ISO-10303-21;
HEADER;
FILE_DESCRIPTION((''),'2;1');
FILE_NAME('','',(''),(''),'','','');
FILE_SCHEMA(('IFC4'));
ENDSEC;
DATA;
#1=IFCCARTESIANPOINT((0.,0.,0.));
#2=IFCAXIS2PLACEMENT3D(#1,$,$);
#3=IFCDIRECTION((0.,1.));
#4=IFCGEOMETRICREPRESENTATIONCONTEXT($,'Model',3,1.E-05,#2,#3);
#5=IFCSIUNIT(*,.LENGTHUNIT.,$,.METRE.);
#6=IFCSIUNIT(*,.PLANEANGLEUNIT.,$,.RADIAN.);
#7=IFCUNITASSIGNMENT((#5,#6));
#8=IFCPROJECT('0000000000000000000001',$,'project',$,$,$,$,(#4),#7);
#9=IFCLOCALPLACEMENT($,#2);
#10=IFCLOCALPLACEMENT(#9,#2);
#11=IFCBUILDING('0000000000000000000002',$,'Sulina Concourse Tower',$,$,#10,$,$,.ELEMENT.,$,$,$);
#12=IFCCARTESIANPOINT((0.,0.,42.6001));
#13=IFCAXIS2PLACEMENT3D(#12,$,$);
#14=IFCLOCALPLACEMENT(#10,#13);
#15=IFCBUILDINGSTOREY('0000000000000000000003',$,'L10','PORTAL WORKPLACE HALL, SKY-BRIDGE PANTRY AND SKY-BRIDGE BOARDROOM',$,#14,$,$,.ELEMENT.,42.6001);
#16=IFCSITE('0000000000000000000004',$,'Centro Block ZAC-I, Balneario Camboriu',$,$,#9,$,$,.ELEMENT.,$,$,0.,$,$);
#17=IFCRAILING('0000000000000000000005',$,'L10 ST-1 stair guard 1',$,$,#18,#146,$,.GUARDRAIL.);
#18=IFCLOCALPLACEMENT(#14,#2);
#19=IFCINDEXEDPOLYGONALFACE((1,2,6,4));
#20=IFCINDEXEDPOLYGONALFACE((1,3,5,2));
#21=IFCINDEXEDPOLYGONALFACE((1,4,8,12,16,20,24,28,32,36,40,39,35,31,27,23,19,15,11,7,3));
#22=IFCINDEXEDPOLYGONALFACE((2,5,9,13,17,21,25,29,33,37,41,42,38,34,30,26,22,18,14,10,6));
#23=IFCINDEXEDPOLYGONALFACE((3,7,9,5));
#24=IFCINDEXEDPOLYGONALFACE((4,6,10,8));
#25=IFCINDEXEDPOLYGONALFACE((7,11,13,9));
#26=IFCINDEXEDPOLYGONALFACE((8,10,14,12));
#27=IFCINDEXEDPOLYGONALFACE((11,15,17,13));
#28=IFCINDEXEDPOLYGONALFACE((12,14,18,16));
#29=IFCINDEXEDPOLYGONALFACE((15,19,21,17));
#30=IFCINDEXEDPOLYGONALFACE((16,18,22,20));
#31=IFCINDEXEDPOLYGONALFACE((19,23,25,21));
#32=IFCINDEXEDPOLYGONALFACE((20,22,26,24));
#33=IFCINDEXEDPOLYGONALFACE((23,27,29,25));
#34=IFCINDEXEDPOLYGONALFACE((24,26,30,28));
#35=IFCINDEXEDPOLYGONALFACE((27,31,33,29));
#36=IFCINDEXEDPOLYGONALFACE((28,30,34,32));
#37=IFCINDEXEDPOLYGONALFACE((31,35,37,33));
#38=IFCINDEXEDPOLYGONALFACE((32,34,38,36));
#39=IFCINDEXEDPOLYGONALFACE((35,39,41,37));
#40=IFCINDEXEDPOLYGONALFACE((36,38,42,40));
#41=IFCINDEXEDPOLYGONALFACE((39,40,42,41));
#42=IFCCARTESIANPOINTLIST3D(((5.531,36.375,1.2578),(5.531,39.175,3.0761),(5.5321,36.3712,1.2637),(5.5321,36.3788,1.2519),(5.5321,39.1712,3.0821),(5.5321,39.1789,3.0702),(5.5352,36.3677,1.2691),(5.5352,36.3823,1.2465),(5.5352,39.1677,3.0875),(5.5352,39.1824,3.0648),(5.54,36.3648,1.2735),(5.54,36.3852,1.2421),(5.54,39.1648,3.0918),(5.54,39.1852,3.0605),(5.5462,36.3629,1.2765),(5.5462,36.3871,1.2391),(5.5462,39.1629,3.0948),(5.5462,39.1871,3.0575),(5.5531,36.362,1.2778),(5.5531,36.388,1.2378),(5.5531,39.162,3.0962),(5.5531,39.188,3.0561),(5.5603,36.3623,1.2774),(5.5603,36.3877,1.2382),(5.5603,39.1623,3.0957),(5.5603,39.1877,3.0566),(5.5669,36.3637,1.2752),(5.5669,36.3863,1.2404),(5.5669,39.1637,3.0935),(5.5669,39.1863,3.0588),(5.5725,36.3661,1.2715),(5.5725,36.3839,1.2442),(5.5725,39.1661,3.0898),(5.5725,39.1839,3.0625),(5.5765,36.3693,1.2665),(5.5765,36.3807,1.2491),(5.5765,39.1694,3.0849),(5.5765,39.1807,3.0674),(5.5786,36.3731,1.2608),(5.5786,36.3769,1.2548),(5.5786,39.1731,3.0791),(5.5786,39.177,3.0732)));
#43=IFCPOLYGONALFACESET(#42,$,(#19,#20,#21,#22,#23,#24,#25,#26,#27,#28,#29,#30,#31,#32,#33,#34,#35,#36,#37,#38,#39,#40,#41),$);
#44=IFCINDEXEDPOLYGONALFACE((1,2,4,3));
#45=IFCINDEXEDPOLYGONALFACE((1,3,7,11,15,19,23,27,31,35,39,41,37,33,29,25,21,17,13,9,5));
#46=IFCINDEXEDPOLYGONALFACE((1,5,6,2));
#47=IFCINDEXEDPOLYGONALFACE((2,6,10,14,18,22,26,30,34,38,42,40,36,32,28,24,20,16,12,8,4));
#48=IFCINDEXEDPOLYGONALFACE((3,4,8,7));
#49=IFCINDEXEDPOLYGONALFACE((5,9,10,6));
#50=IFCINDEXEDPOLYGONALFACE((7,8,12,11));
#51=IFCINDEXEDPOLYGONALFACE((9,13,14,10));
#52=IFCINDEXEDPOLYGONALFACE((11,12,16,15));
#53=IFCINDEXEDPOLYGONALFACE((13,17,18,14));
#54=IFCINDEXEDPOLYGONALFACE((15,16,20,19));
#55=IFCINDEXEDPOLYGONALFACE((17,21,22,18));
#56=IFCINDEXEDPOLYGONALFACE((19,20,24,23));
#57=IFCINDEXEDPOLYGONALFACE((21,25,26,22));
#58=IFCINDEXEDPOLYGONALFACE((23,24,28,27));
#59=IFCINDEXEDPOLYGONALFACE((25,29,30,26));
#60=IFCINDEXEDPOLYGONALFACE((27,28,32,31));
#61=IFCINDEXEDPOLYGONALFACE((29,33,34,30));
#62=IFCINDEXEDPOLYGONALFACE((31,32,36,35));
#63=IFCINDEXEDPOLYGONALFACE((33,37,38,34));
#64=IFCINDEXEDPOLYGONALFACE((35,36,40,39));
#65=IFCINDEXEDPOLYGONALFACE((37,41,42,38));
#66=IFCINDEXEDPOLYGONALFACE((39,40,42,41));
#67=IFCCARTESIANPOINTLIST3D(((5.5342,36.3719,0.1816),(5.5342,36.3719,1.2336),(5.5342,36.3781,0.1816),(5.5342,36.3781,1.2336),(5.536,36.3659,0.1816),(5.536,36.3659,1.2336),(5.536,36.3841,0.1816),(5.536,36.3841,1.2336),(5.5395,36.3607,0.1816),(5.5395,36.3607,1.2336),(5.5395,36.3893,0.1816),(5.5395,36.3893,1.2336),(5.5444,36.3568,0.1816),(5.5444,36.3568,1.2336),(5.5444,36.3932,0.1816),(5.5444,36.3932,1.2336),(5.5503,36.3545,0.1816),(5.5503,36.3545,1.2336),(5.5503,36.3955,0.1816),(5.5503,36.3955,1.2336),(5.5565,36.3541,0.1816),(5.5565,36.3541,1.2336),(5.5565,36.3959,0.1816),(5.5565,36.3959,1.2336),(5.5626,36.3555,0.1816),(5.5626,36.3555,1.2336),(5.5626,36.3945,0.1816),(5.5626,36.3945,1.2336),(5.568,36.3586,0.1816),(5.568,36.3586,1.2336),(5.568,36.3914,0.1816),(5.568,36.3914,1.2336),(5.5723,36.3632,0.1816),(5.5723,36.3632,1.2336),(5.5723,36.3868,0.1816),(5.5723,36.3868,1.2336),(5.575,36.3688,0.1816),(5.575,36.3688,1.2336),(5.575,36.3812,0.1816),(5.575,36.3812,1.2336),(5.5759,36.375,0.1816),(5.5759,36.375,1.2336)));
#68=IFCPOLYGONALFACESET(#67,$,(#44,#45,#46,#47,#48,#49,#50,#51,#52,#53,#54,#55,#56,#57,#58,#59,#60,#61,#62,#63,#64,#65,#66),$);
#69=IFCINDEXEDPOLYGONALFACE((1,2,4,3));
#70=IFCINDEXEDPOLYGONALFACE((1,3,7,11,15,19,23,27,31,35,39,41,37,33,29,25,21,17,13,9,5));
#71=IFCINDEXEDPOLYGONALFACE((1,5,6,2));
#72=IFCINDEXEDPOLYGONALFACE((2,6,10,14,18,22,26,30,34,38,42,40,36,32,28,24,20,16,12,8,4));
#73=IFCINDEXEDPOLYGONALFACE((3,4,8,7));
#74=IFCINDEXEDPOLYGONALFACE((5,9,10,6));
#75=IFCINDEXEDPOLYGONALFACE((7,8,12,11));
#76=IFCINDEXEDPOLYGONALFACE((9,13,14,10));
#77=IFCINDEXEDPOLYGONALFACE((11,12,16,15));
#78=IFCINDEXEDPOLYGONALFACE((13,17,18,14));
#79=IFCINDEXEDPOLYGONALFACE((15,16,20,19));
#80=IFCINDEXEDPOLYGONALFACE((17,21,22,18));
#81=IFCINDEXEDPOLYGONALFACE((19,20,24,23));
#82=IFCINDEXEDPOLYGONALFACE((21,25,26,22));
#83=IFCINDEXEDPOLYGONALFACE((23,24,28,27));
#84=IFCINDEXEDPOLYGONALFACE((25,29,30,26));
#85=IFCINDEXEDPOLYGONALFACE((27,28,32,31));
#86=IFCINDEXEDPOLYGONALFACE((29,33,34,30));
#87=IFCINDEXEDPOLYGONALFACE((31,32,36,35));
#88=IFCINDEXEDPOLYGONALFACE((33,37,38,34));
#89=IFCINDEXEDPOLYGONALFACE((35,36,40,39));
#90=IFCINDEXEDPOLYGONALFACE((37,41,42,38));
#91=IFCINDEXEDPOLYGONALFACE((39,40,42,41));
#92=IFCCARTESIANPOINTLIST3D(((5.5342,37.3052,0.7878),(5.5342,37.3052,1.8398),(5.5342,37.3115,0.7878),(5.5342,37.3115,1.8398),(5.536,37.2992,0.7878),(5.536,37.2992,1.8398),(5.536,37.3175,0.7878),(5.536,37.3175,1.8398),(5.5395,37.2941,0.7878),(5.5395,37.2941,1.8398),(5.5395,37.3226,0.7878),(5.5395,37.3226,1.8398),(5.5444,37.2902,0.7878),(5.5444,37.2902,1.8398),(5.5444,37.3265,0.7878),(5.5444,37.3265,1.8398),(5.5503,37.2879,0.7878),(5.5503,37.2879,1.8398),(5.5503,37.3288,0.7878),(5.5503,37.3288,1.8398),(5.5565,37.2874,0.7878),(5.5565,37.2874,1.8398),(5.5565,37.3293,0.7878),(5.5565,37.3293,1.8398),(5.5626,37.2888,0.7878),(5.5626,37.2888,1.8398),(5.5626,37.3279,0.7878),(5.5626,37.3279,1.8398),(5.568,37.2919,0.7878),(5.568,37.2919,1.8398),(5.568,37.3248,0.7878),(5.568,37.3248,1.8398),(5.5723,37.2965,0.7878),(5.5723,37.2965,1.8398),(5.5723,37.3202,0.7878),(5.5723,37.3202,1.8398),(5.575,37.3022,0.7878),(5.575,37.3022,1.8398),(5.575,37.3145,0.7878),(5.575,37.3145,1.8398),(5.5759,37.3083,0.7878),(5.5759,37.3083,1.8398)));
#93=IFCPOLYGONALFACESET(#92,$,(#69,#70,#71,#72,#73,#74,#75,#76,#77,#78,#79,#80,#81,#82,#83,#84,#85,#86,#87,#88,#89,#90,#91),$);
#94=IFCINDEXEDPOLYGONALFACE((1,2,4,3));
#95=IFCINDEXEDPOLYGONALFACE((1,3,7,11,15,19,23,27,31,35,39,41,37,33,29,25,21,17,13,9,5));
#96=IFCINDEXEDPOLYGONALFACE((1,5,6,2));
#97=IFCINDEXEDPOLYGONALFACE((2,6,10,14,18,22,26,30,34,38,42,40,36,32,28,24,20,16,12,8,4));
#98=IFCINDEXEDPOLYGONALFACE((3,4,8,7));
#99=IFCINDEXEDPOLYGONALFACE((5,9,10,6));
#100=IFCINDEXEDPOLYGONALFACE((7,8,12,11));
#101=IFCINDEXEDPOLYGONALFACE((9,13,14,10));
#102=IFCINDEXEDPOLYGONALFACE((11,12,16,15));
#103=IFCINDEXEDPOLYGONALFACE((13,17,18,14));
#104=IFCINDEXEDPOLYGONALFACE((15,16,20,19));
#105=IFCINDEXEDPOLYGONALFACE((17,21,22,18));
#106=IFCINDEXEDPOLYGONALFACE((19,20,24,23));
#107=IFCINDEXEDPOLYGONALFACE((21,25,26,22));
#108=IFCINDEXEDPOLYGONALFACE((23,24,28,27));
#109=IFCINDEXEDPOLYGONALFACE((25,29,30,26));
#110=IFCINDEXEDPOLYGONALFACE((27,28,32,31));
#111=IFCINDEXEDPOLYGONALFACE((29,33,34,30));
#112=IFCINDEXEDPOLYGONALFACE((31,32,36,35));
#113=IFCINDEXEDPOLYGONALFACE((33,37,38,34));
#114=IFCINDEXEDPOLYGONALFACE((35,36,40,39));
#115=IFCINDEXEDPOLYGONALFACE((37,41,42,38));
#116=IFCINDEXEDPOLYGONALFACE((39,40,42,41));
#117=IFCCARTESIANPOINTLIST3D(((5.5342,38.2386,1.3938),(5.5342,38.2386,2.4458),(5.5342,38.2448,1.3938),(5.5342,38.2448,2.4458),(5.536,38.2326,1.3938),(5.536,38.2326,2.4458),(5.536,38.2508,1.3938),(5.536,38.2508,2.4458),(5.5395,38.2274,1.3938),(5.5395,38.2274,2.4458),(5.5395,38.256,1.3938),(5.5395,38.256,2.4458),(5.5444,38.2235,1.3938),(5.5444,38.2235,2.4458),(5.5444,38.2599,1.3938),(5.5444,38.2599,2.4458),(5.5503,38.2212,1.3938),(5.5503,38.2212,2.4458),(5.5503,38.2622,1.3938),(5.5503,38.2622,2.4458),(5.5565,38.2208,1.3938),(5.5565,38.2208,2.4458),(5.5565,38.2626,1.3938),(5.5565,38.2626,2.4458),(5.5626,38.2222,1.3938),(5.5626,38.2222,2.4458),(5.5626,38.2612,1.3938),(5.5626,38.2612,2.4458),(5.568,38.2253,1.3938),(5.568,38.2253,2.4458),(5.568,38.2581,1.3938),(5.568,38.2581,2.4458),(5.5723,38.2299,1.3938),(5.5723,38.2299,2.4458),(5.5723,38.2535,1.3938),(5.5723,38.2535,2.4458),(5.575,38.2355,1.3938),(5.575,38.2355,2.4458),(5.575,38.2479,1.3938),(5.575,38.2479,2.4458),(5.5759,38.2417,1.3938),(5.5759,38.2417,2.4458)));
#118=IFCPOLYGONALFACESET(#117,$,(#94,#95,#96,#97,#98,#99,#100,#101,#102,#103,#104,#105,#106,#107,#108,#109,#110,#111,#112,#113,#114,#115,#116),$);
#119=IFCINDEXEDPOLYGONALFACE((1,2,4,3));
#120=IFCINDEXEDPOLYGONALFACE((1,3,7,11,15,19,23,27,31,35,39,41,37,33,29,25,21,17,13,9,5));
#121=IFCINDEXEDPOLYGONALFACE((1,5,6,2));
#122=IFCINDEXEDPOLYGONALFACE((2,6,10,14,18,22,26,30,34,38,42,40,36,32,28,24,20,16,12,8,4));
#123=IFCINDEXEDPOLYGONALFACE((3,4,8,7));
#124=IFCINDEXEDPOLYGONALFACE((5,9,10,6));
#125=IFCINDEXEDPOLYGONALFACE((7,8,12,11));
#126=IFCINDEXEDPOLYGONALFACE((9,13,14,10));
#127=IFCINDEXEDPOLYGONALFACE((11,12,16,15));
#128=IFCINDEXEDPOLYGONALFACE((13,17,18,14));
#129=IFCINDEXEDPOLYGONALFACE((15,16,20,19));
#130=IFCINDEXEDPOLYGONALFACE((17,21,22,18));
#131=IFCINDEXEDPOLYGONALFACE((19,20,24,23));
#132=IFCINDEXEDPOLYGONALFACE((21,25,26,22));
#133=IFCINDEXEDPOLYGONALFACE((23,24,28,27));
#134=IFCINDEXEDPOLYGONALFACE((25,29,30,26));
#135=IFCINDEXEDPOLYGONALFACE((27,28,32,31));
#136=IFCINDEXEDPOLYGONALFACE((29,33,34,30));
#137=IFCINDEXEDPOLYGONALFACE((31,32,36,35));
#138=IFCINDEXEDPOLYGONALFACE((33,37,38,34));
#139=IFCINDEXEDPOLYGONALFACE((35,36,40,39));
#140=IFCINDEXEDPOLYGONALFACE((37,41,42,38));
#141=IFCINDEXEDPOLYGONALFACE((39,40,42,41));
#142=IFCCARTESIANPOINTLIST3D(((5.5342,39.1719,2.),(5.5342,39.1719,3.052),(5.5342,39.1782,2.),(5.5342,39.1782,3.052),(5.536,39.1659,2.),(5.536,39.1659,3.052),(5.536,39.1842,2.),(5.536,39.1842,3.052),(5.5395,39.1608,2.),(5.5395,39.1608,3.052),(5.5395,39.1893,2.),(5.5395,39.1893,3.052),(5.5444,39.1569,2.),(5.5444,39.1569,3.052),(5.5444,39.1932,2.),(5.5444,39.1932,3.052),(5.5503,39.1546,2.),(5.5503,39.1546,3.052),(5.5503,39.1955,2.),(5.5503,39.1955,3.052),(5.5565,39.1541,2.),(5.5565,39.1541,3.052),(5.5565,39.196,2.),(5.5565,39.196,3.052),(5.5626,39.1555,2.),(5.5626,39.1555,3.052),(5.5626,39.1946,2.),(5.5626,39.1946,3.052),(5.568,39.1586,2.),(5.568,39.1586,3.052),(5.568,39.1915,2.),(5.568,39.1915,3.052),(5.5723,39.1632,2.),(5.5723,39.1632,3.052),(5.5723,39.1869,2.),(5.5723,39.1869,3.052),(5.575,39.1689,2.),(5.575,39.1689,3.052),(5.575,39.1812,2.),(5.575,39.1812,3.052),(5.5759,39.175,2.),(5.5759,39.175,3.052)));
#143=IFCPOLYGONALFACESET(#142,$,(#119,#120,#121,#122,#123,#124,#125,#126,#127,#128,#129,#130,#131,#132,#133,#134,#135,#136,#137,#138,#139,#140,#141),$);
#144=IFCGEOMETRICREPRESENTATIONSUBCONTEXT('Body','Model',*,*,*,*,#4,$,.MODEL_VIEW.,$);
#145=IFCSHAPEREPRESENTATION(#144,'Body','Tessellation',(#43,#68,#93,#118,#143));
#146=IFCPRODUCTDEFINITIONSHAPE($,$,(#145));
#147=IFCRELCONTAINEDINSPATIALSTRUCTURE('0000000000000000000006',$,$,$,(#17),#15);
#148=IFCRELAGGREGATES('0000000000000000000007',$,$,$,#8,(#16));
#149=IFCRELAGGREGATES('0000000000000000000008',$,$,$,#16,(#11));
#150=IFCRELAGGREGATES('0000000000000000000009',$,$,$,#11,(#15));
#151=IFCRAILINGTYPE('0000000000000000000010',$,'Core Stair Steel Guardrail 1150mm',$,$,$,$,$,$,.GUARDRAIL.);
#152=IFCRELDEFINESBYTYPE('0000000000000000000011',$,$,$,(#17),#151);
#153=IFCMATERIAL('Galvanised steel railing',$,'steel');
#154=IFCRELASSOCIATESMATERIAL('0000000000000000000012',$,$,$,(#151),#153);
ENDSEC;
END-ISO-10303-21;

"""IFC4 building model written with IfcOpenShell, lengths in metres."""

from ifc_helpers import new_model, si_unit, direction, frame, origin, origin_2d, place, context, subcontext, project, spatial, circle, extrude, material, type_object, element, save


model = new_model("IFC4")

# Units and contexts
model_context = context("Model", 3, precision=1e-05, world=origin(), true_north=direction((0.0, 1.0)))
body_context = subcontext(model_context, "Body", "Model", "MODEL_VIEW")
ifc_project = project(units=[si_unit("LENGTHUNIT", "METRE"), si_unit("PLANEANGLEUNIT", "RADIAN")], contexts=[model_context])

# Site, building, storey
site_placement = place(None, origin())
site = spatial("IfcSite", under=ifc_project, at=site_placement, Name="Centro Block ZAC-I, Balneario Camboriu", CompositionType="ELEMENT", RefElevation=0.0)
building_placement = place(site_placement, origin())
building = spatial("IfcBuilding", under=site, at=building_placement, Name="Sulina Concourse Tower", CompositionType="ELEMENT")
storey_placement = place(building_placement, frame((0.0, 0.0, 42.6001)))
storey = spatial("IfcBuildingStorey", under=building, at=storey_placement, Name="L10", Description="PORTAL WORKPLACE HALL, SKY-BRIDGE PANTRY AND SKY-BRIDGE BOARDROOM", CompositionType="ELEMENT", Elevation=42.6001)

# Railing
ifc_material_1 = material(Name="Galvanised steel railing", Category="steel")
railing_type_1 = type_object("IfcRailingType", Name="Core Stair Steel Guardrail 1150mm", PredefinedType="GUARDRAIL", material=ifc_material_1)
railing_1_placement = place(storey_placement, frame((5.5549, 36.375, 0.1816)))
element("IfcRailing", 1, at=railing_1_placement, inside=storey, type_object=railing_type_1, Name="L10 ST-1 stair guard 1", PredefinedType="GUARDRAIL", context=body_context, shape_type="SweptSolid", body=[
    extrude(circle(Radius=0.0239, at=origin_2d()), frame((0.0, 0.0, 1.0762), z_axis=(0.0, 0.838672, 0.544636), x_axis=(-1.0, 0.0, 0.0)), (0.0, 0.0, 1.0), 3.3386),
    extrude(circle(Radius=0.021, at=origin_2d()), origin(), (0.0, 0.0, 1.0), 1.052),
    extrude(circle(Radius=0.021, at=origin_2d()), frame((0.0, 0.9333, 0.6062)), (0.0, 0.0, 1.0), 1.052),
    extrude(circle(Radius=0.021, at=origin_2d()), frame((0.0, 1.8667, 1.2122)), (0.0, 0.0, 1.0), 1.052),
    extrude(circle(Radius=0.021, at=origin_2d()), frame((0.0, 2.8, 1.8184)), (0.0, 0.0, 1.0), 1.052),
])

save(model, "model.ifc")
